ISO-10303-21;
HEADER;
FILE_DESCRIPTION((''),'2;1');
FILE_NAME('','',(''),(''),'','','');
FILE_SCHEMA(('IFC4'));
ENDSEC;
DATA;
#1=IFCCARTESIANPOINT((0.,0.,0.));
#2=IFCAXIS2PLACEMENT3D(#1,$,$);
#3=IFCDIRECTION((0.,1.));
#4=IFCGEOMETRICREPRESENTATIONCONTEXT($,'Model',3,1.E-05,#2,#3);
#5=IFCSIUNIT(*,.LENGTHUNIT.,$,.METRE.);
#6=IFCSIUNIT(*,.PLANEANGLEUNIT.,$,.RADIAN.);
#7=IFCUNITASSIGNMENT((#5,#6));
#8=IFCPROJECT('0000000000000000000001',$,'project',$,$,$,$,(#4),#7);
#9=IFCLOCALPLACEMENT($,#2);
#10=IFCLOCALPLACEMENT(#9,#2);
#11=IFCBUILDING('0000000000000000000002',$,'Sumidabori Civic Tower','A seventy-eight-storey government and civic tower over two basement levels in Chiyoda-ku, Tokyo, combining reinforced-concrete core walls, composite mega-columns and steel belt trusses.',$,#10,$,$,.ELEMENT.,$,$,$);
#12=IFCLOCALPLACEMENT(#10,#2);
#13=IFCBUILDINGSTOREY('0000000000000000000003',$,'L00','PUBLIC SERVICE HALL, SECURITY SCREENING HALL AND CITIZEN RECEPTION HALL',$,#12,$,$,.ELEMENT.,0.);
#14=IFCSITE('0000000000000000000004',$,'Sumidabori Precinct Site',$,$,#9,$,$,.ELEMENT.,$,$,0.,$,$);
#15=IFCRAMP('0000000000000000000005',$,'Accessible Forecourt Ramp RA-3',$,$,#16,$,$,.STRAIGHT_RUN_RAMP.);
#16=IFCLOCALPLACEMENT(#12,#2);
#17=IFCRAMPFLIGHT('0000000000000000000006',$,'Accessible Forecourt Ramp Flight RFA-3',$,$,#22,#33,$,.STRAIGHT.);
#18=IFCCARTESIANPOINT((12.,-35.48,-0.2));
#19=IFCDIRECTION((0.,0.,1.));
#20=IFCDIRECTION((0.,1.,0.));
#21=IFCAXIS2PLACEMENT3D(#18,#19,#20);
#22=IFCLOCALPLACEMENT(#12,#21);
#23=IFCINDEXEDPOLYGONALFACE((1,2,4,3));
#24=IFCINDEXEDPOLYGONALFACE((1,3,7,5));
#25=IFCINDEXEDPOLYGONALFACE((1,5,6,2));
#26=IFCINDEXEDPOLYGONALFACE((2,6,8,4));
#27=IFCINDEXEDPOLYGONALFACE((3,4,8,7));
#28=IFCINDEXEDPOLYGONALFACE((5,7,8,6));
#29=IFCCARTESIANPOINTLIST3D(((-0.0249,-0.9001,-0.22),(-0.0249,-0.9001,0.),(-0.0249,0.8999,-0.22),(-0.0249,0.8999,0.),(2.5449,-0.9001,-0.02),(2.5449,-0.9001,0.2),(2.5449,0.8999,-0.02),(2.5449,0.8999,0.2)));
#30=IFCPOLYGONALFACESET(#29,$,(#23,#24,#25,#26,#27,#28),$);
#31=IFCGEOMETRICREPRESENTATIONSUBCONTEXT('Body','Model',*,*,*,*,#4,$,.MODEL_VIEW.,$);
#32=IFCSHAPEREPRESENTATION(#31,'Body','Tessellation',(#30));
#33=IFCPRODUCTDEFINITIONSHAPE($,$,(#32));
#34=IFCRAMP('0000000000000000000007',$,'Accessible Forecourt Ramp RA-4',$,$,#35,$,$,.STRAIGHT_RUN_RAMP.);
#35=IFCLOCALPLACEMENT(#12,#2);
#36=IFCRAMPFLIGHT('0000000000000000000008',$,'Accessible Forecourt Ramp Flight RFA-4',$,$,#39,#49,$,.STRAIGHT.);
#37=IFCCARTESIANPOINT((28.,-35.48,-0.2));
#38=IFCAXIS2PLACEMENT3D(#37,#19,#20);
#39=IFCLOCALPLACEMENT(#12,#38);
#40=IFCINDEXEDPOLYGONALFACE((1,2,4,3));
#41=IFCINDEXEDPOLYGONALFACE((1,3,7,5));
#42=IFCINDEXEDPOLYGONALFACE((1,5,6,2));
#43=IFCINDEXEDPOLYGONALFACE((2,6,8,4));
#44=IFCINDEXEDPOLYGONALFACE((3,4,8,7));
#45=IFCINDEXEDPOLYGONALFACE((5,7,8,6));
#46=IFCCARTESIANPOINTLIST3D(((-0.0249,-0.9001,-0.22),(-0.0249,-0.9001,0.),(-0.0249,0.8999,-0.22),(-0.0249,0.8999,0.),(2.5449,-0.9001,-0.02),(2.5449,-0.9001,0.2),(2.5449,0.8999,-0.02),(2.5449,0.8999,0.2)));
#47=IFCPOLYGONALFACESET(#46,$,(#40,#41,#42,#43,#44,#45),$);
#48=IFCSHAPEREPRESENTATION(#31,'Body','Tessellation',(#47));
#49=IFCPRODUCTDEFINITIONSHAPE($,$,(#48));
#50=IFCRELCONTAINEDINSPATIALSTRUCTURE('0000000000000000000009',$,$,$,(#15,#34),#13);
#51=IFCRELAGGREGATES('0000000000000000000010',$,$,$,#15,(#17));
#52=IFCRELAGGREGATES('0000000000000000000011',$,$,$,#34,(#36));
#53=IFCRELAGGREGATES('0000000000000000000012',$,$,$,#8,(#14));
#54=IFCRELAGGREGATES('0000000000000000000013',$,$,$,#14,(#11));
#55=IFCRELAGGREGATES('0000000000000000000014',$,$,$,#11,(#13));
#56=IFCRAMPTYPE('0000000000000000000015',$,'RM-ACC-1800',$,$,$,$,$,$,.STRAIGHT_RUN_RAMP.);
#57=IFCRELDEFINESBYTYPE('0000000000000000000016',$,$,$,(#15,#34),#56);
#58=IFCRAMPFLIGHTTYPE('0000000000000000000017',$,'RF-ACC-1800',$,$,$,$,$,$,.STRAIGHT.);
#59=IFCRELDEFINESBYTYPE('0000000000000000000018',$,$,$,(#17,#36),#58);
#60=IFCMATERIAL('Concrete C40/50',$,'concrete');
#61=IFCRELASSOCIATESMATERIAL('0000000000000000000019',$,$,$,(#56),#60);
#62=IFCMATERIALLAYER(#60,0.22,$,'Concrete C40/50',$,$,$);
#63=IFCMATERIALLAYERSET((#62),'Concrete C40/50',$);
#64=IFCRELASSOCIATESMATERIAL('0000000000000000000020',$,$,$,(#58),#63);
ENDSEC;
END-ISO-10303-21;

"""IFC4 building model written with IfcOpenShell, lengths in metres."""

from ifc_helpers import new_model, si_unit, direction, frame, origin, place, context, subcontext, project, spatial, polyline, outline, extrude, material, layer, layer_set, type_object, element, aggregate, save


model = new_model("IFC4")

# Units and contexts
model_context = context("Model", 3, precision=1e-05, world=origin(), true_north=direction((0.0, 1.0)))
body_context = subcontext(model_context, "Body", "Model", "MODEL_VIEW")
ifc_project = project(units=[si_unit("LENGTHUNIT", "METRE"), si_unit("PLANEANGLEUNIT", "RADIAN")], contexts=[model_context])

# Site, building, storey
site_placement = place(None, origin())
site = spatial("IfcSite", under=ifc_project, at=site_placement, Name="Sumidabori Precinct Site", CompositionType="ELEMENT", RefElevation=0.0)
building_placement = place(site_placement, origin())
building = spatial("IfcBuilding", under=site, at=building_placement, Name="Sumidabori Civic Tower", Description="A seventy-eight-storey government and civic tower over two basement levels in Chiyoda-ku, Tokyo, combining reinforced-concrete core walls, composite mega-columns and steel belt trusses.", CompositionType="ELEMENT")
storey_placement = place(building_placement, origin())
storey = spatial("IfcBuildingStorey", under=building, at=storey_placement, Name="L00", Description="PUBLIC SERVICE HALL, SECURITY SCREENING HALL AND CITIZEN RECEPTION HALL", CompositionType="ELEMENT", Elevation=0.0)

# Ramps, ramp flights
ifc_material_1 = material(Name="Concrete C40/50", Category="concrete")
ramp_type = type_object("IfcRampType", Name="RM-ACC-1800", PredefinedType="STRAIGHT_RUN_RAMP", material=ifc_material_1)
ramp_1_placement = place(storey_placement, origin())
ramp_1 = element("IfcRamp", 1, at=ramp_1_placement, inside=storey, type_object=ramp_type, Name="Accessible Forecourt Ramp RA-3", PredefinedType="STRAIGHT_RUN_RAMP")
ifc_layer_1 = layer(ifc_material_1, 0.22, Name="Concrete C40/50")
ifc_layer_set_1 = layer_set([ifc_layer_1], Name="Concrete C40/50")
ramp_flight_type = type_object("IfcRampFlightType", Name="RF-ACC-1800", PredefinedType="STRAIGHT", material=ifc_layer_set_1)
ramp_flight_1_placement = place(storey_placement, frame((12.0, -35.48, -0.2), z_axis=(0.0, 0.0, 1.0), x_axis=(0.0, 1.0, 0.0)))
ramp_flight_1 = element("IfcRampFlight", 2, at=ramp_flight_1_placement, type_object=ramp_flight_type, Name="Accessible Forecourt Ramp Flight RFA-3", PredefinedType="STRAIGHT", context=body_context, shape_type="SweptSolid", body=[
    extrude(outline(polyline([(-0.0249, 0.0), (-0.0249, -0.22), (2.5449, -0.02), (2.5449, 0.2), (-0.0249, 0.0)])), frame((0.0, 0.8999, 0.0), z_axis=(0.0, -1.0, 0.0), x_axis=(1.0, 0.0, 0.0)), (0.0, 0.0, 1.0), 1.8),
])
aggregate(ramp_1, [ramp_flight_1])
ramp_2_placement = place(storey_placement, origin())
ramp_2 = element("IfcRamp", 3, at=ramp_2_placement, inside=storey, type_object=ramp_type, Name="Accessible Forecourt Ramp RA-4", PredefinedType="STRAIGHT_RUN_RAMP")
ramp_flight_2_placement = place(storey_placement, frame((28.0, -35.48, -0.2), z_axis=(0.0, 0.0, 1.0), x_axis=(0.0, 1.0, 0.0)))
ramp_flight_2 = element("IfcRampFlight", 4, at=ramp_flight_2_placement, type_object=ramp_flight_type, Name="Accessible Forecourt Ramp Flight RFA-4", PredefinedType="STRAIGHT", context=body_context, shape_type="SweptSolid", body=[
    extrude(outline(polyline([(-0.0249, 0.0), (-0.0249, -0.22), (2.5449, -0.02), (2.5449, 0.2), (-0.0249, 0.0)])), frame((0.0, 0.8999, 0.0), z_axis=(0.0, -1.0, 0.0), x_axis=(1.0, 0.0, 0.0)), (0.0, 0.0, 1.0), 1.8),
])
aggregate(ramp_2, [ramp_flight_2])

save(model, "model.ifc")
